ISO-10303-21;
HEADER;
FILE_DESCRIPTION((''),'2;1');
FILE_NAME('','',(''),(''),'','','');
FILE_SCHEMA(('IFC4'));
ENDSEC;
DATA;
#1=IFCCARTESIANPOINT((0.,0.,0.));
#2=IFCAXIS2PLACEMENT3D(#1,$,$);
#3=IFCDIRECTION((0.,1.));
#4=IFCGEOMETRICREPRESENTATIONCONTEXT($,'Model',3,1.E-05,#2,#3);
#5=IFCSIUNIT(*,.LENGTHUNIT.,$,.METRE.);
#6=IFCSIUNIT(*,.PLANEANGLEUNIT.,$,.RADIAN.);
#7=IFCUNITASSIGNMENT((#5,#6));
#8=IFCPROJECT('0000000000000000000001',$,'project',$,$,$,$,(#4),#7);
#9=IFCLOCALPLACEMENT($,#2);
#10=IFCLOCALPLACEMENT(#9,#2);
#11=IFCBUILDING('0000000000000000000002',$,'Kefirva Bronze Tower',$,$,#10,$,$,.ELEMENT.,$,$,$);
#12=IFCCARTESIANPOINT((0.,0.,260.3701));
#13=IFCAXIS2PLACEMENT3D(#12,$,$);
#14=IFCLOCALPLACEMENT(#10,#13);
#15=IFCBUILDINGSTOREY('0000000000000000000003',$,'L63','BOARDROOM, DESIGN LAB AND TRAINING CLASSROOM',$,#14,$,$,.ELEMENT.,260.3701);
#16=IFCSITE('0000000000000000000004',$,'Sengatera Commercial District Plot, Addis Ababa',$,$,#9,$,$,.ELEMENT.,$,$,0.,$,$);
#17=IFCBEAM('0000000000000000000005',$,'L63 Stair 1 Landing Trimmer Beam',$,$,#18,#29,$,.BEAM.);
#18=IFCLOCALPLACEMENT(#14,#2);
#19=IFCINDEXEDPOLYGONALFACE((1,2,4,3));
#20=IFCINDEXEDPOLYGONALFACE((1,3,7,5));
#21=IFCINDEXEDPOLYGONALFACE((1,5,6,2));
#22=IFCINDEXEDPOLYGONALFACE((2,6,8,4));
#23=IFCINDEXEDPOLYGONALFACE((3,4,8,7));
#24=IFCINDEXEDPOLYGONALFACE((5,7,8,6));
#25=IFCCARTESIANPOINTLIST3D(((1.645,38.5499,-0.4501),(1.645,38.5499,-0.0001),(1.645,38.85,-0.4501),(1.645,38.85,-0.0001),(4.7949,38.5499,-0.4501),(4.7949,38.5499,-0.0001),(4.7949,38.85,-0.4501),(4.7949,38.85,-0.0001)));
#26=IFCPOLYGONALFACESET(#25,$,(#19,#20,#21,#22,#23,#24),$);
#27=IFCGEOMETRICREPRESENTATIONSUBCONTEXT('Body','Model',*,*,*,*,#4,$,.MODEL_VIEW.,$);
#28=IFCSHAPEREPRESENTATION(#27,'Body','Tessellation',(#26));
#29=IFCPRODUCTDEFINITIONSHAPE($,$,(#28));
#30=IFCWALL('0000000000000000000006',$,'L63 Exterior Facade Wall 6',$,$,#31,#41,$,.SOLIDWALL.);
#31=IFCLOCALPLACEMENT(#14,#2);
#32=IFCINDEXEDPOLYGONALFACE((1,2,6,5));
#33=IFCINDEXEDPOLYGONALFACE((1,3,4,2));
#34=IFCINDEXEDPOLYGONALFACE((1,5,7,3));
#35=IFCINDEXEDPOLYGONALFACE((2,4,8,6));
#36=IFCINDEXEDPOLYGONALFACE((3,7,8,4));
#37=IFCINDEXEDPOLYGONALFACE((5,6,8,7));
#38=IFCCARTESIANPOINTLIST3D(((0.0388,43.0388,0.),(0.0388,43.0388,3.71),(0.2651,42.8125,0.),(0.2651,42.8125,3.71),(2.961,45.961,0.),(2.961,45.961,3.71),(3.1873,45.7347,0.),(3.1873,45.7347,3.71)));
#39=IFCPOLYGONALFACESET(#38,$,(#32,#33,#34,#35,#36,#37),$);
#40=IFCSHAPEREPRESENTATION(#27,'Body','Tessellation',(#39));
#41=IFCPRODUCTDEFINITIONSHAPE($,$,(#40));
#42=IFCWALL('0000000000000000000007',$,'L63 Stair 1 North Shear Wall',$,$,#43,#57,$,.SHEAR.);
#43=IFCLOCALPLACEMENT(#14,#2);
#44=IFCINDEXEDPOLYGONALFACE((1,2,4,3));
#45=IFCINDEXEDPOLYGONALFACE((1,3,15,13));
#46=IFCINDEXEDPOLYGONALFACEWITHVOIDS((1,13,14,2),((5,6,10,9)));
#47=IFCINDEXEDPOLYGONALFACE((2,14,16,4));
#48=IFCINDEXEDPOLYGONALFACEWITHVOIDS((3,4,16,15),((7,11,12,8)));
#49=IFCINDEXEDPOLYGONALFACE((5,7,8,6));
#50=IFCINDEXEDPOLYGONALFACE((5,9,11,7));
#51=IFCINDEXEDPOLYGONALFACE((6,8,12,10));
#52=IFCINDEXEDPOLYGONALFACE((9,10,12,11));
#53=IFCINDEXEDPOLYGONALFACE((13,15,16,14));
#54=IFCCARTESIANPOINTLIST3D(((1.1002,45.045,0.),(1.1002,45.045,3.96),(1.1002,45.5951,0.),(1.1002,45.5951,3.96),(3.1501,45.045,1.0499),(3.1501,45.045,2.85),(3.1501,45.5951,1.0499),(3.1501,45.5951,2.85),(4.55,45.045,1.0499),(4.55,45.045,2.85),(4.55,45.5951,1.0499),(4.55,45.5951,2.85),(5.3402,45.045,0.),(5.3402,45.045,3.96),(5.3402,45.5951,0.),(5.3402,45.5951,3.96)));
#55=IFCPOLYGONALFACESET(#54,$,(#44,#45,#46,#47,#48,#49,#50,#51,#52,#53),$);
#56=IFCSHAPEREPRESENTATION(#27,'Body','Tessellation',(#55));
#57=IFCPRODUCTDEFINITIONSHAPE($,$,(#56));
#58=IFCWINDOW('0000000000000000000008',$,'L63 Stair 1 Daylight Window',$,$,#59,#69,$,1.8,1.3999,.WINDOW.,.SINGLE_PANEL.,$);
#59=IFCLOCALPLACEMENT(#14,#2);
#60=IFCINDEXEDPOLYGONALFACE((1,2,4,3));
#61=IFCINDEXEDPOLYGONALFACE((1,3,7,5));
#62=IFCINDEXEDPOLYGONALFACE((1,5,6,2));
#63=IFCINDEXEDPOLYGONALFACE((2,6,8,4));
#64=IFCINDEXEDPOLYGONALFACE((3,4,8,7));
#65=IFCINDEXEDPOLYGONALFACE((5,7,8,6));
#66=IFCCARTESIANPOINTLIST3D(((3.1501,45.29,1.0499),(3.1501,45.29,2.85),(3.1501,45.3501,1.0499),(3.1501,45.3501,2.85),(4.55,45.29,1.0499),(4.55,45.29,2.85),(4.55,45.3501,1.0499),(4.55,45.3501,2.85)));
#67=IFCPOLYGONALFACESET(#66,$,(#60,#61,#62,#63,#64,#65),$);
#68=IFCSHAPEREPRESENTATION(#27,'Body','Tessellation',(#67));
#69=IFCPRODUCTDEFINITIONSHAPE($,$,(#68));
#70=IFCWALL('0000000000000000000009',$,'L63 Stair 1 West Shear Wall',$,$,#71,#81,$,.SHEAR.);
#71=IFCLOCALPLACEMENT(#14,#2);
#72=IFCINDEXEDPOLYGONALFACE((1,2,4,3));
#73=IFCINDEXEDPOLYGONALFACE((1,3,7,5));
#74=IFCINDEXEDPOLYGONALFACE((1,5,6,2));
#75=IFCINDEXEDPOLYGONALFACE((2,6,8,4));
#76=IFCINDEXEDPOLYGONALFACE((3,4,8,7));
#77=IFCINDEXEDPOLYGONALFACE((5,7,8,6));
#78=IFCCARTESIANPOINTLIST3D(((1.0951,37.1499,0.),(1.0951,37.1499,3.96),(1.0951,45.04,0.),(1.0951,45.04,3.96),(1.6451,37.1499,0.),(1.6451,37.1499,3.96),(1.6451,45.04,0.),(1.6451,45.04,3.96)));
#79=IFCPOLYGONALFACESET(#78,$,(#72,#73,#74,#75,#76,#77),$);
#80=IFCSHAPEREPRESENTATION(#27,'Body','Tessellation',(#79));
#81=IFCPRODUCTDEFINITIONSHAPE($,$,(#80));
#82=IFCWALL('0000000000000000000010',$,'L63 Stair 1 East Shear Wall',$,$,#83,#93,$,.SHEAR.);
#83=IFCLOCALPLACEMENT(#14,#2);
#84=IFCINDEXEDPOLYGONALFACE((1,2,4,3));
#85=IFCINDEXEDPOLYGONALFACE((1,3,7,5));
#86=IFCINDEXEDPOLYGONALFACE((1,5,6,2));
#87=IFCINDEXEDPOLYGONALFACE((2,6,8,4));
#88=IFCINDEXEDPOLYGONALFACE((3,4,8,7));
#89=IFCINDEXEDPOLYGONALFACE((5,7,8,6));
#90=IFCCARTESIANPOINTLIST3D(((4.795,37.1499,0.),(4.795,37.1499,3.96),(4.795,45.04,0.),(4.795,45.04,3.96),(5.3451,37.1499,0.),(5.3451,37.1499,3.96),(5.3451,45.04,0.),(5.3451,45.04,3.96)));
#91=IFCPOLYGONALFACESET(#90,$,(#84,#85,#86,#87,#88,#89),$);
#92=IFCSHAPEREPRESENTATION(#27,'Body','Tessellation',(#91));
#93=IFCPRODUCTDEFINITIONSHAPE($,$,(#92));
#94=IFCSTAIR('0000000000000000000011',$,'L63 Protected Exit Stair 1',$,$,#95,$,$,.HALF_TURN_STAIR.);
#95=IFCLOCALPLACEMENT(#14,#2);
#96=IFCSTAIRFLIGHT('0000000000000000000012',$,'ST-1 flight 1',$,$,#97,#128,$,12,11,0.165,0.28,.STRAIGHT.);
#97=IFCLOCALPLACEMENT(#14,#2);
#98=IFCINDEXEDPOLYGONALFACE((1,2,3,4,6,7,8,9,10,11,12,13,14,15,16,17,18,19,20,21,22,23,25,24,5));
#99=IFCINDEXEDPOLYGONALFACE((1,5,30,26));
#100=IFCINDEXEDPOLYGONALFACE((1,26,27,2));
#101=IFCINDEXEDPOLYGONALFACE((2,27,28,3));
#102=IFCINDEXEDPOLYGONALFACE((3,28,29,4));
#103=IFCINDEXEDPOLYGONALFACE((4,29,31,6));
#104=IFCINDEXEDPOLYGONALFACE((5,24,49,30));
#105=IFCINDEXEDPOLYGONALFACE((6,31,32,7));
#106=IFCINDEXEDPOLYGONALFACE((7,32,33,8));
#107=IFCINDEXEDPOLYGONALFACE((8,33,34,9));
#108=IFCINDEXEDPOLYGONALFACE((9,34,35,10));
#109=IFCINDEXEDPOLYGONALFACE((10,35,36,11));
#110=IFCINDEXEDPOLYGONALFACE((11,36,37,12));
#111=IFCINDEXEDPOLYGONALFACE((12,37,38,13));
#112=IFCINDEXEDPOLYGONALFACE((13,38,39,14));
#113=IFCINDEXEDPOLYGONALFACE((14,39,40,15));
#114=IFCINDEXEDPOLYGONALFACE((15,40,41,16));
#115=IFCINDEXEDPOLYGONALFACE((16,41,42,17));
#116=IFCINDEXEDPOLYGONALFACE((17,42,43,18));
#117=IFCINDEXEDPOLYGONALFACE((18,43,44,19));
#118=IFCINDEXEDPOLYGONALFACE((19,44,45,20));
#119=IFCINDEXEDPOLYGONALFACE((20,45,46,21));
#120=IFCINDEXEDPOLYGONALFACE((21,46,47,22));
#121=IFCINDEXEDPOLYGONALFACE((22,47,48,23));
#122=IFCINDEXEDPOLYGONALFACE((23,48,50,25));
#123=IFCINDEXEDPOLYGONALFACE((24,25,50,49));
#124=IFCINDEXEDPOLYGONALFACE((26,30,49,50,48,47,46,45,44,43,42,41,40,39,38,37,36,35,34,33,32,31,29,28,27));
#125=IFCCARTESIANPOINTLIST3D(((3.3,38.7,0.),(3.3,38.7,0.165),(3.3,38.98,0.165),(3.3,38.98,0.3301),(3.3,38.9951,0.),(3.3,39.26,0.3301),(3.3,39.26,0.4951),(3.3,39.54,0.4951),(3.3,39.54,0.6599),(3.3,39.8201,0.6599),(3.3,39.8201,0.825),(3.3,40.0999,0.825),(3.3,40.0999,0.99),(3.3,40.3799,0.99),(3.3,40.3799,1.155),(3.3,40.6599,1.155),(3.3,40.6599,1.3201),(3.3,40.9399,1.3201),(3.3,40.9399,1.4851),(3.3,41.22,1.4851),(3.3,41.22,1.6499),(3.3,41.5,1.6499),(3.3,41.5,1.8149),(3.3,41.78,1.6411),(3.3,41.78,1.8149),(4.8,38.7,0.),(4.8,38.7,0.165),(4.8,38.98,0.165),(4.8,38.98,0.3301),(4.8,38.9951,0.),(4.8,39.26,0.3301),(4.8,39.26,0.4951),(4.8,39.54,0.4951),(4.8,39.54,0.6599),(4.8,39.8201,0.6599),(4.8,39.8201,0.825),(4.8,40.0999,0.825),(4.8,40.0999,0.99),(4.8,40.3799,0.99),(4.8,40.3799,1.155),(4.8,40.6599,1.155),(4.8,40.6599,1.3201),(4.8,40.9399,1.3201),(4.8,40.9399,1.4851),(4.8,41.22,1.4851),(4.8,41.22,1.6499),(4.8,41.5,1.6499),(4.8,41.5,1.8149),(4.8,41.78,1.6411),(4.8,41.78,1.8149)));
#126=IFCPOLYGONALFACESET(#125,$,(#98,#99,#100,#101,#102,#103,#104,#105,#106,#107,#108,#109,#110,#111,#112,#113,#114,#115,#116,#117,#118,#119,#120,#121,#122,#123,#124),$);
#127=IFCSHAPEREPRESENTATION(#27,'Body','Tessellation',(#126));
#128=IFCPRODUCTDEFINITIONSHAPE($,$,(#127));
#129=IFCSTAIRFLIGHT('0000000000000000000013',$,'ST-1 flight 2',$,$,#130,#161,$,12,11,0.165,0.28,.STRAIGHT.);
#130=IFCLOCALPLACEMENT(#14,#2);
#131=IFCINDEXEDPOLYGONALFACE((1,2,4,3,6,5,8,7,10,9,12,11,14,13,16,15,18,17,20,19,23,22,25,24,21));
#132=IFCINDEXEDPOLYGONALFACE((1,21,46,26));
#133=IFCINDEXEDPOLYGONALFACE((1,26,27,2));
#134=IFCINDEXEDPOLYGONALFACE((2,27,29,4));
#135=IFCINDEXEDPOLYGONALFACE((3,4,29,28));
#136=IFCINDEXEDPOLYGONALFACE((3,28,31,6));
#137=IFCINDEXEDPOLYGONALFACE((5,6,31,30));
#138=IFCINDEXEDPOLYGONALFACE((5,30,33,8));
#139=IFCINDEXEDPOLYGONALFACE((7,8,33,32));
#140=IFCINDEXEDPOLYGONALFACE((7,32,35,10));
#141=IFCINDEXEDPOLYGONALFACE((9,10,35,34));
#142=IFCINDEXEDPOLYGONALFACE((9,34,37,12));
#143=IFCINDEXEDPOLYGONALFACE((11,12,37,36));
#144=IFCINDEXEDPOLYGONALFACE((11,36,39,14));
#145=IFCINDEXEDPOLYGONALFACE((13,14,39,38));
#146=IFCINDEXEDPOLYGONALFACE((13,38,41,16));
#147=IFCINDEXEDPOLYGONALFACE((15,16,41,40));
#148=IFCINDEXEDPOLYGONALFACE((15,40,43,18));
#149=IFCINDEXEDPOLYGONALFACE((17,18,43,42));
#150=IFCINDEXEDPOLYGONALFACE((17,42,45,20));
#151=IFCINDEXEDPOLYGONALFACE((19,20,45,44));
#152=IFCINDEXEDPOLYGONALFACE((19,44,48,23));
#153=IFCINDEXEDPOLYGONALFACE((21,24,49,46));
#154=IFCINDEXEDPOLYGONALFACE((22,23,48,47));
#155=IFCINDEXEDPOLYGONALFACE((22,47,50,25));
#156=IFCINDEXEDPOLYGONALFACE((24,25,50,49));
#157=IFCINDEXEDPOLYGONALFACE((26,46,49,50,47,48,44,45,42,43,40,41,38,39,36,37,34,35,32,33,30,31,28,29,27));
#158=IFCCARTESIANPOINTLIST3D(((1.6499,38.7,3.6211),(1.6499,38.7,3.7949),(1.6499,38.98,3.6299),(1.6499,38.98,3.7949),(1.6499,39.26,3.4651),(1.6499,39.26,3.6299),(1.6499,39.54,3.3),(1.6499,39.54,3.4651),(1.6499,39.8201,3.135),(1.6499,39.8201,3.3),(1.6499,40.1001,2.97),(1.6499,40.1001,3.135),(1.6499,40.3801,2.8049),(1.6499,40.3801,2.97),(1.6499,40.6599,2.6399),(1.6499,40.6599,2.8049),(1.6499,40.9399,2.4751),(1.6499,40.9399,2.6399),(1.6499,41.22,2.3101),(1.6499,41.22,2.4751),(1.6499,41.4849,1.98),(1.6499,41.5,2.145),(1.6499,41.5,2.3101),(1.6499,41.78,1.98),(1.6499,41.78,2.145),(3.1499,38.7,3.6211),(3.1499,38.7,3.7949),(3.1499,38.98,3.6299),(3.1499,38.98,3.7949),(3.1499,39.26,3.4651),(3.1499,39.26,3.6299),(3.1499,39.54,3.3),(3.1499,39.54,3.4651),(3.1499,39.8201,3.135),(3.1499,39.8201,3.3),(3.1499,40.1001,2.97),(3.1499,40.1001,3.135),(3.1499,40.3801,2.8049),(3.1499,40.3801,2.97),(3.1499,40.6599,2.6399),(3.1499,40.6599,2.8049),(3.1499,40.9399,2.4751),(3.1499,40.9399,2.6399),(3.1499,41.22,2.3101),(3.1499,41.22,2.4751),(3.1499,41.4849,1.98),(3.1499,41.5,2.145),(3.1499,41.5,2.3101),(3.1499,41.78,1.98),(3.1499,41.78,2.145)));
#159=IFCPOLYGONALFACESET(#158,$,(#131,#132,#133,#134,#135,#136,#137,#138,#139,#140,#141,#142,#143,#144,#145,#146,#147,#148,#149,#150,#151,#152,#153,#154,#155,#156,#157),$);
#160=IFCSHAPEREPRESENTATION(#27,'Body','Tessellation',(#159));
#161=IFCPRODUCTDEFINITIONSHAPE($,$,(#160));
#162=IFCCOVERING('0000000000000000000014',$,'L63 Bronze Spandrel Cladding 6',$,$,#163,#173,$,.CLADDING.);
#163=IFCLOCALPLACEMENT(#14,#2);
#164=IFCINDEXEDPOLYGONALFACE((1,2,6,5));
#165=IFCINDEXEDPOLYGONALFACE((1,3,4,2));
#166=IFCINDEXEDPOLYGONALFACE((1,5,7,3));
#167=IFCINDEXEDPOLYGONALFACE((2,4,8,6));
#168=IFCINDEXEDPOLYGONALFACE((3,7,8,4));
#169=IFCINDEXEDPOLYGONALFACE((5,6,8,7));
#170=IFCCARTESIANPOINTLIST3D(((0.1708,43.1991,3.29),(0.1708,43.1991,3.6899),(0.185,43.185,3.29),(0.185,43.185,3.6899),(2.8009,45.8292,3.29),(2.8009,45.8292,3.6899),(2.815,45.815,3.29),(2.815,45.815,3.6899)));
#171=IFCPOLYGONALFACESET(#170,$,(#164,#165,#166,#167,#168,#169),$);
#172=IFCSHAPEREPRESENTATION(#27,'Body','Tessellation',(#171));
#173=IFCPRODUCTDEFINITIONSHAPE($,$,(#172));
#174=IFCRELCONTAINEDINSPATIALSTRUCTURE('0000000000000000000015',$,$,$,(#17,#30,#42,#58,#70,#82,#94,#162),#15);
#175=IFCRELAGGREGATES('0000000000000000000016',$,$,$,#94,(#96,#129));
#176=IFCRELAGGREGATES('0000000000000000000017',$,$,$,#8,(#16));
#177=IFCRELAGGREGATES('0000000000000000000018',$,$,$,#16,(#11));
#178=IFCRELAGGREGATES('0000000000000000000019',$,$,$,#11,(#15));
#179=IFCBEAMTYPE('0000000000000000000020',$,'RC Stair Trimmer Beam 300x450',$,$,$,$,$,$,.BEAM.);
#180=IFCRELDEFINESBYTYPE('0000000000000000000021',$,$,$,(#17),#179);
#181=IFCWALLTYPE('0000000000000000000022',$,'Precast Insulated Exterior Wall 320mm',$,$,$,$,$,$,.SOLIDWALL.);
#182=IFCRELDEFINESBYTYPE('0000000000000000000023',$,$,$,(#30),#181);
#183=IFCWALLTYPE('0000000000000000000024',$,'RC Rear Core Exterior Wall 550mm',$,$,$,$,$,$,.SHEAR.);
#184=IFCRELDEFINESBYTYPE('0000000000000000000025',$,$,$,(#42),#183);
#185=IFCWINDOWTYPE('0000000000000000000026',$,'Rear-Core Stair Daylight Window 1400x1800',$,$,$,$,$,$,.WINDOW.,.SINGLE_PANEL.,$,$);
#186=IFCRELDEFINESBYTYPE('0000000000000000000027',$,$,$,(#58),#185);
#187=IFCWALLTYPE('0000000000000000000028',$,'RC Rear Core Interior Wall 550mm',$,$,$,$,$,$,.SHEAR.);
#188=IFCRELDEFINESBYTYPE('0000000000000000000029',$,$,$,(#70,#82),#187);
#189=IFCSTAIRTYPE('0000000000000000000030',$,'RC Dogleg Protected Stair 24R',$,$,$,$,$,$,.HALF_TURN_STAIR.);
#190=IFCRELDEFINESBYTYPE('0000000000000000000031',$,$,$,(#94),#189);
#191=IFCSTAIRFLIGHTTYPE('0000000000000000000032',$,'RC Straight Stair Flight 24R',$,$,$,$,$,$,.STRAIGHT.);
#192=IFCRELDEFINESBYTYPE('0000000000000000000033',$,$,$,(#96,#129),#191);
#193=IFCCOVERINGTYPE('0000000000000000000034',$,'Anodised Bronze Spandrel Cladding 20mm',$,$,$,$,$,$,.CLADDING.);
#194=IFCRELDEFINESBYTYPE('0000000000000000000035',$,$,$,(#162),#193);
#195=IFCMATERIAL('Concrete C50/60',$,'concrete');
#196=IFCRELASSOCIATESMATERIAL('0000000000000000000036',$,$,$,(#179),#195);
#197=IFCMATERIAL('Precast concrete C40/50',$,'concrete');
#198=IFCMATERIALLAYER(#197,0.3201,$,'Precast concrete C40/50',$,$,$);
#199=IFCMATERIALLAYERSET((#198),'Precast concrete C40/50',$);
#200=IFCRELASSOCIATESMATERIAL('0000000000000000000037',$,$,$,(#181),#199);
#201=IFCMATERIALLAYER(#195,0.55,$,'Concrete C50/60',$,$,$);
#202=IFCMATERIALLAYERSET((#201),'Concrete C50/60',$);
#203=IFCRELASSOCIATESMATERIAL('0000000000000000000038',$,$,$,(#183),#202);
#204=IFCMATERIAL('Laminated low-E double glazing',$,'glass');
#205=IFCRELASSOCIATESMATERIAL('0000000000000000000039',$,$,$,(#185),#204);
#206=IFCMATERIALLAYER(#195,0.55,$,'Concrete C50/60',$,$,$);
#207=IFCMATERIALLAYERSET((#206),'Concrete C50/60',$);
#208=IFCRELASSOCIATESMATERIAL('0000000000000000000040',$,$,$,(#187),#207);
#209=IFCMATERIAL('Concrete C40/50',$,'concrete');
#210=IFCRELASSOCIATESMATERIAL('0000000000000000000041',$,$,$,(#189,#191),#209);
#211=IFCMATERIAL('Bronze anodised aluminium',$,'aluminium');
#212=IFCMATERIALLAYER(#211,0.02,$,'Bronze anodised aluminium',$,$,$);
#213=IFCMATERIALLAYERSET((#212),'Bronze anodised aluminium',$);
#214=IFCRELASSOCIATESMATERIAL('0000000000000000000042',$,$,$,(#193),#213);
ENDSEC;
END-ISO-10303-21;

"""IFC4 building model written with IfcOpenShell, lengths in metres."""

from ifc_helpers import new_model, si_unit, direction, frame, frame_2d, origin, origin_2d, place, context, subcontext, project, spatial, polyline, rectangle, outline, extrude, material, layer, layer_set, material_profile, profile_set, type_object, element, fill, aggregate, save


model = new_model("IFC4")

# Units and contexts
model_context = context("Model", 3, precision=1e-05, world=origin(), true_north=direction((0.0, 1.0)))
body_context = subcontext(model_context, "Body", "Model", "MODEL_VIEW")
ifc_project = project(units=[si_unit("LENGTHUNIT", "METRE"), si_unit("PLANEANGLEUNIT", "RADIAN")], contexts=[model_context])

# Site, building, storey
site_placement = place(None, origin())
site = spatial("IfcSite", under=ifc_project, at=site_placement, Name="Sengatera Commercial District Plot, Addis Ababa", CompositionType="ELEMENT", RefElevation=0.0)
building_placement = place(site_placement, origin())
building = spatial("IfcBuilding", under=site, at=building_placement, Name="Kefirva Bronze Tower", CompositionType="ELEMENT")
storey_placement = place(building_placement, frame((0.0, 0.0, 260.3701)))
storey = spatial("IfcBuildingStorey", under=building, at=storey_placement, Name="L63", Description="BOARDROOM, DESIGN LAB AND TRAINING CLASSROOM", CompositionType="ELEMENT", Elevation=260.3701)

# Beam
ifc_material_1 = material(Name="Concrete C50/60", Category="concrete")
ifc_material_profile = material_profile(ifc_material_1, rectangle(XDim=0.3, YDim=0.45, at=origin_2d()), Name="RC 300x450")
ifc_profile_set = profile_set([ifc_material_profile], Name="Concrete C50/60")
beam_type = type_object("IfcBeamType", Name="RC Stair Trimmer Beam 300x450", PredefinedType="BEAM", material=ifc_profile_set)
beam_placement = place(storey_placement, frame((1.645, 38.7, -0.2251), z_axis=(1.0, 0.0, 0.0), x_axis=(0.0, 1.0, 0.0)))
element("IfcBeam", 1, at=beam_placement, inside=storey, type_object=beam_type, Name="L63 Stair 1 Landing Trimmer Beam", PredefinedType="BEAM", context=body_context, shape_type="SweptSolid", body=[
    extrude(rectangle(XDim=0.3, YDim=0.45, at=origin_2d()), origin(), (0.0, 0.0, 1.0), 3.1499),
])

# Wall
ifc_material_2 = material(Name="Precast concrete C40/50", Category="concrete")
ifc_layer_1 = layer(ifc_material_2, 0.3201, Name="Precast concrete C40/50")
ifc_layer_set_1 = layer_set([ifc_layer_1], Name="Precast concrete C40/50")
wall_type_1 = type_object("IfcWallType", Name="Precast Insulated Exterior Wall 320mm", PredefinedType="SOLIDWALL", material=ifc_layer_set_1)
wall_1_placement = place(storey_placement, frame((3.0742, 45.8479, 0.0), z_axis=(0.0, 0.0, 1.0), x_axis=(-0.707107, -0.707107, 0.0)))
element("IfcWall", 2, at=wall_1_placement, inside=storey, type_object=wall_type_1, Name="L63 Exterior Facade Wall 6", PredefinedType="SOLIDWALL", context=body_context, shape_type="SweptSolid", body=[
    extrude(rectangle(XDim=4.1326, YDim=0.3201, at=frame_2d((2.0664, 0.0))), origin(), (0.0, 0.0, 1.0), 3.71),
])

# Wall, opening, window
ifc_layer_2 = layer(ifc_material_1, 0.55, Name="Concrete C50/60")
ifc_layer_set_2 = layer_set([ifc_layer_2], Name="Concrete C50/60")
wall_type_2 = type_object("IfcWallType", Name="RC Rear Core Exterior Wall 550mm", PredefinedType="SHEAR", material=ifc_layer_set_2)
wall_2_placement = place(storey_placement, frame((1.1001, 45.3201, 0.0), z_axis=(0.0, 0.0, 1.0), x_axis=(1.0, 0.0, 0.0)))
wall_2 = element("IfcWall", 3, at=wall_2_placement, inside=storey, type_object=wall_type_2, Name="L63 Stair 1 North Shear Wall", PredefinedType="SHEAR", context=body_context, shape_type="SweptSolid", body=[
    extrude(rectangle(XDim=4.24, YDim=0.55, at=frame_2d((2.1201, 0.0))), origin(), (0.0, 0.0, 1.0), 3.96),
])
opening_1_placement = place(wall_2_placement, frame((2.05, 0.0, 1.05)))
opening_1 = element("IfcOpeningElement", 4, at=opening_1_placement, cuts=wall_2, PredefinedType="OPENING", context=body_context, shape_type="SweptSolid", body=[
    extrude(rectangle(XDim=1.3999, YDim=1.8, at=frame_2d((0.7, 0.8999))), frame((0.0, 0.2852, 0.0), z_axis=(0.0, -1.0, 0.0), x_axis=(1.0, 0.0, 0.0)), (0.0, 0.0, 1.0), 0.5701),
])
ifc_material_3 = material(Name="Laminated low-E double glazing", Category="glass")
window_type = type_object("IfcWindowType", Name="Rear-Core Stair Daylight Window 1400x1800", PartitioningType="SINGLE_PANEL", PredefinedType="WINDOW", material=ifc_material_3)
window_placement = place(opening_1_placement, origin())
window = element("IfcWindow", 5, at=window_placement, inside=storey, type_object=window_type, Name="L63 Stair 1 Daylight Window", OverallHeight=1.8, OverallWidth=1.3999, PartitioningType="SINGLE_PANEL", PredefinedType="WINDOW", context=body_context, shape_type="SweptSolid", body=[
    extrude(rectangle(XDim=1.3999, YDim=1.8, at=frame_2d((0.7, 0.8999))), frame((0.0, 0.03, 0.0), z_axis=(0.0, -1.0, 0.0), x_axis=(1.0, 0.0, 0.0)), (0.0, 0.0, 1.0), 0.0601),
])
fill(opening_1, window)

# Walls
ifc_layer_3 = layer(ifc_material_1, 0.55, Name="Concrete C50/60")
ifc_layer_set_3 = layer_set([ifc_layer_3], Name="Concrete C50/60")
wall_type_3 = type_object("IfcWallType", Name="RC Rear Core Interior Wall 550mm", PredefinedType="SHEAR", material=ifc_layer_set_3)
for number, where, z_axis, x_axis, name in (
    (6, (1.3701, 37.1499, 0.0), (0.0, 0.0, 1.0), (0.0, 1.0, 0.0), "L63 Stair 1 West Shear Wall"),
    (7, (5.0701, 37.1499, 0.0), (0.0, 0.0, 1.0), (0.0, 1.0, 0.0), "L63 Stair 1 East Shear Wall"),
):
    element("IfcWall", number, at=place(storey_placement, frame(where, z_axis=z_axis, x_axis=x_axis)), inside=storey, type_object=wall_type_3, Name=name, PredefinedType="SHEAR", context=body_context, shape_type="SweptSolid", body=[
        extrude(rectangle(XDim=7.8901, YDim=0.55, at=frame_2d((3.9451, 0.0))), origin(), (0.0, 0.0, 1.0), 3.96),
    ])

# Stair, stair flights
ifc_material_4 = material(Name="Concrete C40/50", Category="concrete")
stair_type = type_object("IfcStairType", Name="RC Dogleg Protected Stair 24R", PredefinedType="HALF_TURN_STAIR", material=ifc_material_4)
stair_placement = place(storey_placement, origin())
stair = element("IfcStair", 8, at=stair_placement, inside=storey, type_object=stair_type, Name="L63 Protected Exit Stair 1", PredefinedType="HALF_TURN_STAIR")
stair_flight_type = type_object("IfcStairFlightType", Name="RC Straight Stair Flight 24R", PredefinedType="STRAIGHT", material=ifc_material_4)
stair_flight_1_placement = place(storey_placement, frame((4.05, 38.7, 0.0), z_axis=(0.0, 0.0, 1.0), x_axis=(0.0, 1.0, 0.0)))
stair_flight_1 = element("IfcStairFlight", 9, at=stair_flight_1_placement, type_object=stair_flight_type, Name="ST-1 flight 1", NumberOfRisers=12, NumberOfTreads=11, PredefinedType="STRAIGHT", RiserHeight=0.165, TreadLength=0.28, context=body_context, shape_type="SweptSolid", body=[
    extrude(outline(polyline([(0.0, 0.0), (0.0, 0.165), (0.28, 0.165), (0.28, 0.3301), (0.5601, 0.3301), (0.5601, 0.4951), (0.8401, 0.4951), (0.8401, 0.6599), (1.1201, 0.6599), (1.1201, 0.825), (1.3999, 0.825), (1.3999, 0.99), (1.6799, 0.99), (1.6799, 1.155), (1.96, 1.155), (1.96, 1.3201), (2.24, 1.3201), (2.24, 1.4851), (2.52, 1.4851), (2.52, 1.6499), (2.8, 1.6499), (2.8, 1.8149), (3.0801, 1.8149), (3.0801, 1.98), (3.0801, 1.6411), (0.2952, 0.0), (0.0, 0.0)])), frame((0.0, 0.75, 0.0), z_axis=(0.0, -1.0, 0.0), x_axis=(1.0, 0.0, 0.0)), (0.0, 0.0, 1.0), 1.5),
])
stair_flight_2_placement = place(storey_placement, frame((2.3999, 41.78, 1.98), z_axis=(0.0, 0.0, 1.0), x_axis=(0.0, -1.0, 0.0)))
stair_flight_2 = element("IfcStairFlight", 10, at=stair_flight_2_placement, type_object=stair_flight_type, Name="ST-1 flight 2", NumberOfRisers=12, NumberOfTreads=11, PredefinedType="STRAIGHT", RiserHeight=0.165, TreadLength=0.28, context=body_context, shape_type="SweptSolid", body=[
    extrude(outline(polyline([(0.0, 0.0), (0.0, 0.165), (0.28, 0.165), (0.28, 0.3301), (0.5601, 0.3301), (0.5601, 0.4951), (0.8401, 0.4951), (0.8401, 0.6599), (1.1201, 0.6599), (1.1201, 0.825), (1.3999, 0.825), (1.3999, 0.99), (1.6799, 0.99), (1.6799, 1.155), (1.96, 1.155), (1.96, 1.3201), (2.24, 1.3201), (2.24, 1.4851), (2.52, 1.4851), (2.52, 1.6499), (2.8, 1.6499), (2.8, 1.8149), (3.0801, 1.8149), (3.0801, 1.98), (3.0801, 1.6411), (0.2952, 0.0), (0.0, 0.0)])), frame((0.0, 0.75, 0.0), z_axis=(0.0, -1.0, 0.0), x_axis=(1.0, 0.0, 0.0)), (0.0, 0.0, 1.0), 1.5),
])
aggregate(stair, [stair_flight_1, stair_flight_2])

# Covering
ifc_material_5 = material(Name="Bronze anodised aluminium", Category="aluminium")
ifc_layer_4 = layer(ifc_material_5, 0.02, Name="Bronze anodised aluminium")
ifc_layer_set_4 = layer_set([ifc_layer_4], Name="Bronze anodised aluminium")
covering_type_1 = type_object("IfcCoveringType", Name="Anodised Bronze Spandrel Cladding 20mm", PredefinedType="CLADDING", material=ifc_layer_set_4)
covering_1_placement = place(storey_placement, frame((1.4929, 44.5071, 3.29), z_axis=(0.0, 0.0, 1.0), x_axis=(-0.707107, -0.707107, 0.0)))
element("IfcCovering", 11, at=covering_1_placement, inside=storey, type_object=covering_type_1, Name="L63 Bronze Spandrel Cladding 6", PredefinedType="CLADDING", context=body_context, shape_type="SweptSolid", body=[
    extrude(rectangle(XDim=3.7195, YDim=0.02, at=origin_2d()), origin(), (0.0, 0.0, 1.0), 0.3999),
])

save(model, "model.ifc")
